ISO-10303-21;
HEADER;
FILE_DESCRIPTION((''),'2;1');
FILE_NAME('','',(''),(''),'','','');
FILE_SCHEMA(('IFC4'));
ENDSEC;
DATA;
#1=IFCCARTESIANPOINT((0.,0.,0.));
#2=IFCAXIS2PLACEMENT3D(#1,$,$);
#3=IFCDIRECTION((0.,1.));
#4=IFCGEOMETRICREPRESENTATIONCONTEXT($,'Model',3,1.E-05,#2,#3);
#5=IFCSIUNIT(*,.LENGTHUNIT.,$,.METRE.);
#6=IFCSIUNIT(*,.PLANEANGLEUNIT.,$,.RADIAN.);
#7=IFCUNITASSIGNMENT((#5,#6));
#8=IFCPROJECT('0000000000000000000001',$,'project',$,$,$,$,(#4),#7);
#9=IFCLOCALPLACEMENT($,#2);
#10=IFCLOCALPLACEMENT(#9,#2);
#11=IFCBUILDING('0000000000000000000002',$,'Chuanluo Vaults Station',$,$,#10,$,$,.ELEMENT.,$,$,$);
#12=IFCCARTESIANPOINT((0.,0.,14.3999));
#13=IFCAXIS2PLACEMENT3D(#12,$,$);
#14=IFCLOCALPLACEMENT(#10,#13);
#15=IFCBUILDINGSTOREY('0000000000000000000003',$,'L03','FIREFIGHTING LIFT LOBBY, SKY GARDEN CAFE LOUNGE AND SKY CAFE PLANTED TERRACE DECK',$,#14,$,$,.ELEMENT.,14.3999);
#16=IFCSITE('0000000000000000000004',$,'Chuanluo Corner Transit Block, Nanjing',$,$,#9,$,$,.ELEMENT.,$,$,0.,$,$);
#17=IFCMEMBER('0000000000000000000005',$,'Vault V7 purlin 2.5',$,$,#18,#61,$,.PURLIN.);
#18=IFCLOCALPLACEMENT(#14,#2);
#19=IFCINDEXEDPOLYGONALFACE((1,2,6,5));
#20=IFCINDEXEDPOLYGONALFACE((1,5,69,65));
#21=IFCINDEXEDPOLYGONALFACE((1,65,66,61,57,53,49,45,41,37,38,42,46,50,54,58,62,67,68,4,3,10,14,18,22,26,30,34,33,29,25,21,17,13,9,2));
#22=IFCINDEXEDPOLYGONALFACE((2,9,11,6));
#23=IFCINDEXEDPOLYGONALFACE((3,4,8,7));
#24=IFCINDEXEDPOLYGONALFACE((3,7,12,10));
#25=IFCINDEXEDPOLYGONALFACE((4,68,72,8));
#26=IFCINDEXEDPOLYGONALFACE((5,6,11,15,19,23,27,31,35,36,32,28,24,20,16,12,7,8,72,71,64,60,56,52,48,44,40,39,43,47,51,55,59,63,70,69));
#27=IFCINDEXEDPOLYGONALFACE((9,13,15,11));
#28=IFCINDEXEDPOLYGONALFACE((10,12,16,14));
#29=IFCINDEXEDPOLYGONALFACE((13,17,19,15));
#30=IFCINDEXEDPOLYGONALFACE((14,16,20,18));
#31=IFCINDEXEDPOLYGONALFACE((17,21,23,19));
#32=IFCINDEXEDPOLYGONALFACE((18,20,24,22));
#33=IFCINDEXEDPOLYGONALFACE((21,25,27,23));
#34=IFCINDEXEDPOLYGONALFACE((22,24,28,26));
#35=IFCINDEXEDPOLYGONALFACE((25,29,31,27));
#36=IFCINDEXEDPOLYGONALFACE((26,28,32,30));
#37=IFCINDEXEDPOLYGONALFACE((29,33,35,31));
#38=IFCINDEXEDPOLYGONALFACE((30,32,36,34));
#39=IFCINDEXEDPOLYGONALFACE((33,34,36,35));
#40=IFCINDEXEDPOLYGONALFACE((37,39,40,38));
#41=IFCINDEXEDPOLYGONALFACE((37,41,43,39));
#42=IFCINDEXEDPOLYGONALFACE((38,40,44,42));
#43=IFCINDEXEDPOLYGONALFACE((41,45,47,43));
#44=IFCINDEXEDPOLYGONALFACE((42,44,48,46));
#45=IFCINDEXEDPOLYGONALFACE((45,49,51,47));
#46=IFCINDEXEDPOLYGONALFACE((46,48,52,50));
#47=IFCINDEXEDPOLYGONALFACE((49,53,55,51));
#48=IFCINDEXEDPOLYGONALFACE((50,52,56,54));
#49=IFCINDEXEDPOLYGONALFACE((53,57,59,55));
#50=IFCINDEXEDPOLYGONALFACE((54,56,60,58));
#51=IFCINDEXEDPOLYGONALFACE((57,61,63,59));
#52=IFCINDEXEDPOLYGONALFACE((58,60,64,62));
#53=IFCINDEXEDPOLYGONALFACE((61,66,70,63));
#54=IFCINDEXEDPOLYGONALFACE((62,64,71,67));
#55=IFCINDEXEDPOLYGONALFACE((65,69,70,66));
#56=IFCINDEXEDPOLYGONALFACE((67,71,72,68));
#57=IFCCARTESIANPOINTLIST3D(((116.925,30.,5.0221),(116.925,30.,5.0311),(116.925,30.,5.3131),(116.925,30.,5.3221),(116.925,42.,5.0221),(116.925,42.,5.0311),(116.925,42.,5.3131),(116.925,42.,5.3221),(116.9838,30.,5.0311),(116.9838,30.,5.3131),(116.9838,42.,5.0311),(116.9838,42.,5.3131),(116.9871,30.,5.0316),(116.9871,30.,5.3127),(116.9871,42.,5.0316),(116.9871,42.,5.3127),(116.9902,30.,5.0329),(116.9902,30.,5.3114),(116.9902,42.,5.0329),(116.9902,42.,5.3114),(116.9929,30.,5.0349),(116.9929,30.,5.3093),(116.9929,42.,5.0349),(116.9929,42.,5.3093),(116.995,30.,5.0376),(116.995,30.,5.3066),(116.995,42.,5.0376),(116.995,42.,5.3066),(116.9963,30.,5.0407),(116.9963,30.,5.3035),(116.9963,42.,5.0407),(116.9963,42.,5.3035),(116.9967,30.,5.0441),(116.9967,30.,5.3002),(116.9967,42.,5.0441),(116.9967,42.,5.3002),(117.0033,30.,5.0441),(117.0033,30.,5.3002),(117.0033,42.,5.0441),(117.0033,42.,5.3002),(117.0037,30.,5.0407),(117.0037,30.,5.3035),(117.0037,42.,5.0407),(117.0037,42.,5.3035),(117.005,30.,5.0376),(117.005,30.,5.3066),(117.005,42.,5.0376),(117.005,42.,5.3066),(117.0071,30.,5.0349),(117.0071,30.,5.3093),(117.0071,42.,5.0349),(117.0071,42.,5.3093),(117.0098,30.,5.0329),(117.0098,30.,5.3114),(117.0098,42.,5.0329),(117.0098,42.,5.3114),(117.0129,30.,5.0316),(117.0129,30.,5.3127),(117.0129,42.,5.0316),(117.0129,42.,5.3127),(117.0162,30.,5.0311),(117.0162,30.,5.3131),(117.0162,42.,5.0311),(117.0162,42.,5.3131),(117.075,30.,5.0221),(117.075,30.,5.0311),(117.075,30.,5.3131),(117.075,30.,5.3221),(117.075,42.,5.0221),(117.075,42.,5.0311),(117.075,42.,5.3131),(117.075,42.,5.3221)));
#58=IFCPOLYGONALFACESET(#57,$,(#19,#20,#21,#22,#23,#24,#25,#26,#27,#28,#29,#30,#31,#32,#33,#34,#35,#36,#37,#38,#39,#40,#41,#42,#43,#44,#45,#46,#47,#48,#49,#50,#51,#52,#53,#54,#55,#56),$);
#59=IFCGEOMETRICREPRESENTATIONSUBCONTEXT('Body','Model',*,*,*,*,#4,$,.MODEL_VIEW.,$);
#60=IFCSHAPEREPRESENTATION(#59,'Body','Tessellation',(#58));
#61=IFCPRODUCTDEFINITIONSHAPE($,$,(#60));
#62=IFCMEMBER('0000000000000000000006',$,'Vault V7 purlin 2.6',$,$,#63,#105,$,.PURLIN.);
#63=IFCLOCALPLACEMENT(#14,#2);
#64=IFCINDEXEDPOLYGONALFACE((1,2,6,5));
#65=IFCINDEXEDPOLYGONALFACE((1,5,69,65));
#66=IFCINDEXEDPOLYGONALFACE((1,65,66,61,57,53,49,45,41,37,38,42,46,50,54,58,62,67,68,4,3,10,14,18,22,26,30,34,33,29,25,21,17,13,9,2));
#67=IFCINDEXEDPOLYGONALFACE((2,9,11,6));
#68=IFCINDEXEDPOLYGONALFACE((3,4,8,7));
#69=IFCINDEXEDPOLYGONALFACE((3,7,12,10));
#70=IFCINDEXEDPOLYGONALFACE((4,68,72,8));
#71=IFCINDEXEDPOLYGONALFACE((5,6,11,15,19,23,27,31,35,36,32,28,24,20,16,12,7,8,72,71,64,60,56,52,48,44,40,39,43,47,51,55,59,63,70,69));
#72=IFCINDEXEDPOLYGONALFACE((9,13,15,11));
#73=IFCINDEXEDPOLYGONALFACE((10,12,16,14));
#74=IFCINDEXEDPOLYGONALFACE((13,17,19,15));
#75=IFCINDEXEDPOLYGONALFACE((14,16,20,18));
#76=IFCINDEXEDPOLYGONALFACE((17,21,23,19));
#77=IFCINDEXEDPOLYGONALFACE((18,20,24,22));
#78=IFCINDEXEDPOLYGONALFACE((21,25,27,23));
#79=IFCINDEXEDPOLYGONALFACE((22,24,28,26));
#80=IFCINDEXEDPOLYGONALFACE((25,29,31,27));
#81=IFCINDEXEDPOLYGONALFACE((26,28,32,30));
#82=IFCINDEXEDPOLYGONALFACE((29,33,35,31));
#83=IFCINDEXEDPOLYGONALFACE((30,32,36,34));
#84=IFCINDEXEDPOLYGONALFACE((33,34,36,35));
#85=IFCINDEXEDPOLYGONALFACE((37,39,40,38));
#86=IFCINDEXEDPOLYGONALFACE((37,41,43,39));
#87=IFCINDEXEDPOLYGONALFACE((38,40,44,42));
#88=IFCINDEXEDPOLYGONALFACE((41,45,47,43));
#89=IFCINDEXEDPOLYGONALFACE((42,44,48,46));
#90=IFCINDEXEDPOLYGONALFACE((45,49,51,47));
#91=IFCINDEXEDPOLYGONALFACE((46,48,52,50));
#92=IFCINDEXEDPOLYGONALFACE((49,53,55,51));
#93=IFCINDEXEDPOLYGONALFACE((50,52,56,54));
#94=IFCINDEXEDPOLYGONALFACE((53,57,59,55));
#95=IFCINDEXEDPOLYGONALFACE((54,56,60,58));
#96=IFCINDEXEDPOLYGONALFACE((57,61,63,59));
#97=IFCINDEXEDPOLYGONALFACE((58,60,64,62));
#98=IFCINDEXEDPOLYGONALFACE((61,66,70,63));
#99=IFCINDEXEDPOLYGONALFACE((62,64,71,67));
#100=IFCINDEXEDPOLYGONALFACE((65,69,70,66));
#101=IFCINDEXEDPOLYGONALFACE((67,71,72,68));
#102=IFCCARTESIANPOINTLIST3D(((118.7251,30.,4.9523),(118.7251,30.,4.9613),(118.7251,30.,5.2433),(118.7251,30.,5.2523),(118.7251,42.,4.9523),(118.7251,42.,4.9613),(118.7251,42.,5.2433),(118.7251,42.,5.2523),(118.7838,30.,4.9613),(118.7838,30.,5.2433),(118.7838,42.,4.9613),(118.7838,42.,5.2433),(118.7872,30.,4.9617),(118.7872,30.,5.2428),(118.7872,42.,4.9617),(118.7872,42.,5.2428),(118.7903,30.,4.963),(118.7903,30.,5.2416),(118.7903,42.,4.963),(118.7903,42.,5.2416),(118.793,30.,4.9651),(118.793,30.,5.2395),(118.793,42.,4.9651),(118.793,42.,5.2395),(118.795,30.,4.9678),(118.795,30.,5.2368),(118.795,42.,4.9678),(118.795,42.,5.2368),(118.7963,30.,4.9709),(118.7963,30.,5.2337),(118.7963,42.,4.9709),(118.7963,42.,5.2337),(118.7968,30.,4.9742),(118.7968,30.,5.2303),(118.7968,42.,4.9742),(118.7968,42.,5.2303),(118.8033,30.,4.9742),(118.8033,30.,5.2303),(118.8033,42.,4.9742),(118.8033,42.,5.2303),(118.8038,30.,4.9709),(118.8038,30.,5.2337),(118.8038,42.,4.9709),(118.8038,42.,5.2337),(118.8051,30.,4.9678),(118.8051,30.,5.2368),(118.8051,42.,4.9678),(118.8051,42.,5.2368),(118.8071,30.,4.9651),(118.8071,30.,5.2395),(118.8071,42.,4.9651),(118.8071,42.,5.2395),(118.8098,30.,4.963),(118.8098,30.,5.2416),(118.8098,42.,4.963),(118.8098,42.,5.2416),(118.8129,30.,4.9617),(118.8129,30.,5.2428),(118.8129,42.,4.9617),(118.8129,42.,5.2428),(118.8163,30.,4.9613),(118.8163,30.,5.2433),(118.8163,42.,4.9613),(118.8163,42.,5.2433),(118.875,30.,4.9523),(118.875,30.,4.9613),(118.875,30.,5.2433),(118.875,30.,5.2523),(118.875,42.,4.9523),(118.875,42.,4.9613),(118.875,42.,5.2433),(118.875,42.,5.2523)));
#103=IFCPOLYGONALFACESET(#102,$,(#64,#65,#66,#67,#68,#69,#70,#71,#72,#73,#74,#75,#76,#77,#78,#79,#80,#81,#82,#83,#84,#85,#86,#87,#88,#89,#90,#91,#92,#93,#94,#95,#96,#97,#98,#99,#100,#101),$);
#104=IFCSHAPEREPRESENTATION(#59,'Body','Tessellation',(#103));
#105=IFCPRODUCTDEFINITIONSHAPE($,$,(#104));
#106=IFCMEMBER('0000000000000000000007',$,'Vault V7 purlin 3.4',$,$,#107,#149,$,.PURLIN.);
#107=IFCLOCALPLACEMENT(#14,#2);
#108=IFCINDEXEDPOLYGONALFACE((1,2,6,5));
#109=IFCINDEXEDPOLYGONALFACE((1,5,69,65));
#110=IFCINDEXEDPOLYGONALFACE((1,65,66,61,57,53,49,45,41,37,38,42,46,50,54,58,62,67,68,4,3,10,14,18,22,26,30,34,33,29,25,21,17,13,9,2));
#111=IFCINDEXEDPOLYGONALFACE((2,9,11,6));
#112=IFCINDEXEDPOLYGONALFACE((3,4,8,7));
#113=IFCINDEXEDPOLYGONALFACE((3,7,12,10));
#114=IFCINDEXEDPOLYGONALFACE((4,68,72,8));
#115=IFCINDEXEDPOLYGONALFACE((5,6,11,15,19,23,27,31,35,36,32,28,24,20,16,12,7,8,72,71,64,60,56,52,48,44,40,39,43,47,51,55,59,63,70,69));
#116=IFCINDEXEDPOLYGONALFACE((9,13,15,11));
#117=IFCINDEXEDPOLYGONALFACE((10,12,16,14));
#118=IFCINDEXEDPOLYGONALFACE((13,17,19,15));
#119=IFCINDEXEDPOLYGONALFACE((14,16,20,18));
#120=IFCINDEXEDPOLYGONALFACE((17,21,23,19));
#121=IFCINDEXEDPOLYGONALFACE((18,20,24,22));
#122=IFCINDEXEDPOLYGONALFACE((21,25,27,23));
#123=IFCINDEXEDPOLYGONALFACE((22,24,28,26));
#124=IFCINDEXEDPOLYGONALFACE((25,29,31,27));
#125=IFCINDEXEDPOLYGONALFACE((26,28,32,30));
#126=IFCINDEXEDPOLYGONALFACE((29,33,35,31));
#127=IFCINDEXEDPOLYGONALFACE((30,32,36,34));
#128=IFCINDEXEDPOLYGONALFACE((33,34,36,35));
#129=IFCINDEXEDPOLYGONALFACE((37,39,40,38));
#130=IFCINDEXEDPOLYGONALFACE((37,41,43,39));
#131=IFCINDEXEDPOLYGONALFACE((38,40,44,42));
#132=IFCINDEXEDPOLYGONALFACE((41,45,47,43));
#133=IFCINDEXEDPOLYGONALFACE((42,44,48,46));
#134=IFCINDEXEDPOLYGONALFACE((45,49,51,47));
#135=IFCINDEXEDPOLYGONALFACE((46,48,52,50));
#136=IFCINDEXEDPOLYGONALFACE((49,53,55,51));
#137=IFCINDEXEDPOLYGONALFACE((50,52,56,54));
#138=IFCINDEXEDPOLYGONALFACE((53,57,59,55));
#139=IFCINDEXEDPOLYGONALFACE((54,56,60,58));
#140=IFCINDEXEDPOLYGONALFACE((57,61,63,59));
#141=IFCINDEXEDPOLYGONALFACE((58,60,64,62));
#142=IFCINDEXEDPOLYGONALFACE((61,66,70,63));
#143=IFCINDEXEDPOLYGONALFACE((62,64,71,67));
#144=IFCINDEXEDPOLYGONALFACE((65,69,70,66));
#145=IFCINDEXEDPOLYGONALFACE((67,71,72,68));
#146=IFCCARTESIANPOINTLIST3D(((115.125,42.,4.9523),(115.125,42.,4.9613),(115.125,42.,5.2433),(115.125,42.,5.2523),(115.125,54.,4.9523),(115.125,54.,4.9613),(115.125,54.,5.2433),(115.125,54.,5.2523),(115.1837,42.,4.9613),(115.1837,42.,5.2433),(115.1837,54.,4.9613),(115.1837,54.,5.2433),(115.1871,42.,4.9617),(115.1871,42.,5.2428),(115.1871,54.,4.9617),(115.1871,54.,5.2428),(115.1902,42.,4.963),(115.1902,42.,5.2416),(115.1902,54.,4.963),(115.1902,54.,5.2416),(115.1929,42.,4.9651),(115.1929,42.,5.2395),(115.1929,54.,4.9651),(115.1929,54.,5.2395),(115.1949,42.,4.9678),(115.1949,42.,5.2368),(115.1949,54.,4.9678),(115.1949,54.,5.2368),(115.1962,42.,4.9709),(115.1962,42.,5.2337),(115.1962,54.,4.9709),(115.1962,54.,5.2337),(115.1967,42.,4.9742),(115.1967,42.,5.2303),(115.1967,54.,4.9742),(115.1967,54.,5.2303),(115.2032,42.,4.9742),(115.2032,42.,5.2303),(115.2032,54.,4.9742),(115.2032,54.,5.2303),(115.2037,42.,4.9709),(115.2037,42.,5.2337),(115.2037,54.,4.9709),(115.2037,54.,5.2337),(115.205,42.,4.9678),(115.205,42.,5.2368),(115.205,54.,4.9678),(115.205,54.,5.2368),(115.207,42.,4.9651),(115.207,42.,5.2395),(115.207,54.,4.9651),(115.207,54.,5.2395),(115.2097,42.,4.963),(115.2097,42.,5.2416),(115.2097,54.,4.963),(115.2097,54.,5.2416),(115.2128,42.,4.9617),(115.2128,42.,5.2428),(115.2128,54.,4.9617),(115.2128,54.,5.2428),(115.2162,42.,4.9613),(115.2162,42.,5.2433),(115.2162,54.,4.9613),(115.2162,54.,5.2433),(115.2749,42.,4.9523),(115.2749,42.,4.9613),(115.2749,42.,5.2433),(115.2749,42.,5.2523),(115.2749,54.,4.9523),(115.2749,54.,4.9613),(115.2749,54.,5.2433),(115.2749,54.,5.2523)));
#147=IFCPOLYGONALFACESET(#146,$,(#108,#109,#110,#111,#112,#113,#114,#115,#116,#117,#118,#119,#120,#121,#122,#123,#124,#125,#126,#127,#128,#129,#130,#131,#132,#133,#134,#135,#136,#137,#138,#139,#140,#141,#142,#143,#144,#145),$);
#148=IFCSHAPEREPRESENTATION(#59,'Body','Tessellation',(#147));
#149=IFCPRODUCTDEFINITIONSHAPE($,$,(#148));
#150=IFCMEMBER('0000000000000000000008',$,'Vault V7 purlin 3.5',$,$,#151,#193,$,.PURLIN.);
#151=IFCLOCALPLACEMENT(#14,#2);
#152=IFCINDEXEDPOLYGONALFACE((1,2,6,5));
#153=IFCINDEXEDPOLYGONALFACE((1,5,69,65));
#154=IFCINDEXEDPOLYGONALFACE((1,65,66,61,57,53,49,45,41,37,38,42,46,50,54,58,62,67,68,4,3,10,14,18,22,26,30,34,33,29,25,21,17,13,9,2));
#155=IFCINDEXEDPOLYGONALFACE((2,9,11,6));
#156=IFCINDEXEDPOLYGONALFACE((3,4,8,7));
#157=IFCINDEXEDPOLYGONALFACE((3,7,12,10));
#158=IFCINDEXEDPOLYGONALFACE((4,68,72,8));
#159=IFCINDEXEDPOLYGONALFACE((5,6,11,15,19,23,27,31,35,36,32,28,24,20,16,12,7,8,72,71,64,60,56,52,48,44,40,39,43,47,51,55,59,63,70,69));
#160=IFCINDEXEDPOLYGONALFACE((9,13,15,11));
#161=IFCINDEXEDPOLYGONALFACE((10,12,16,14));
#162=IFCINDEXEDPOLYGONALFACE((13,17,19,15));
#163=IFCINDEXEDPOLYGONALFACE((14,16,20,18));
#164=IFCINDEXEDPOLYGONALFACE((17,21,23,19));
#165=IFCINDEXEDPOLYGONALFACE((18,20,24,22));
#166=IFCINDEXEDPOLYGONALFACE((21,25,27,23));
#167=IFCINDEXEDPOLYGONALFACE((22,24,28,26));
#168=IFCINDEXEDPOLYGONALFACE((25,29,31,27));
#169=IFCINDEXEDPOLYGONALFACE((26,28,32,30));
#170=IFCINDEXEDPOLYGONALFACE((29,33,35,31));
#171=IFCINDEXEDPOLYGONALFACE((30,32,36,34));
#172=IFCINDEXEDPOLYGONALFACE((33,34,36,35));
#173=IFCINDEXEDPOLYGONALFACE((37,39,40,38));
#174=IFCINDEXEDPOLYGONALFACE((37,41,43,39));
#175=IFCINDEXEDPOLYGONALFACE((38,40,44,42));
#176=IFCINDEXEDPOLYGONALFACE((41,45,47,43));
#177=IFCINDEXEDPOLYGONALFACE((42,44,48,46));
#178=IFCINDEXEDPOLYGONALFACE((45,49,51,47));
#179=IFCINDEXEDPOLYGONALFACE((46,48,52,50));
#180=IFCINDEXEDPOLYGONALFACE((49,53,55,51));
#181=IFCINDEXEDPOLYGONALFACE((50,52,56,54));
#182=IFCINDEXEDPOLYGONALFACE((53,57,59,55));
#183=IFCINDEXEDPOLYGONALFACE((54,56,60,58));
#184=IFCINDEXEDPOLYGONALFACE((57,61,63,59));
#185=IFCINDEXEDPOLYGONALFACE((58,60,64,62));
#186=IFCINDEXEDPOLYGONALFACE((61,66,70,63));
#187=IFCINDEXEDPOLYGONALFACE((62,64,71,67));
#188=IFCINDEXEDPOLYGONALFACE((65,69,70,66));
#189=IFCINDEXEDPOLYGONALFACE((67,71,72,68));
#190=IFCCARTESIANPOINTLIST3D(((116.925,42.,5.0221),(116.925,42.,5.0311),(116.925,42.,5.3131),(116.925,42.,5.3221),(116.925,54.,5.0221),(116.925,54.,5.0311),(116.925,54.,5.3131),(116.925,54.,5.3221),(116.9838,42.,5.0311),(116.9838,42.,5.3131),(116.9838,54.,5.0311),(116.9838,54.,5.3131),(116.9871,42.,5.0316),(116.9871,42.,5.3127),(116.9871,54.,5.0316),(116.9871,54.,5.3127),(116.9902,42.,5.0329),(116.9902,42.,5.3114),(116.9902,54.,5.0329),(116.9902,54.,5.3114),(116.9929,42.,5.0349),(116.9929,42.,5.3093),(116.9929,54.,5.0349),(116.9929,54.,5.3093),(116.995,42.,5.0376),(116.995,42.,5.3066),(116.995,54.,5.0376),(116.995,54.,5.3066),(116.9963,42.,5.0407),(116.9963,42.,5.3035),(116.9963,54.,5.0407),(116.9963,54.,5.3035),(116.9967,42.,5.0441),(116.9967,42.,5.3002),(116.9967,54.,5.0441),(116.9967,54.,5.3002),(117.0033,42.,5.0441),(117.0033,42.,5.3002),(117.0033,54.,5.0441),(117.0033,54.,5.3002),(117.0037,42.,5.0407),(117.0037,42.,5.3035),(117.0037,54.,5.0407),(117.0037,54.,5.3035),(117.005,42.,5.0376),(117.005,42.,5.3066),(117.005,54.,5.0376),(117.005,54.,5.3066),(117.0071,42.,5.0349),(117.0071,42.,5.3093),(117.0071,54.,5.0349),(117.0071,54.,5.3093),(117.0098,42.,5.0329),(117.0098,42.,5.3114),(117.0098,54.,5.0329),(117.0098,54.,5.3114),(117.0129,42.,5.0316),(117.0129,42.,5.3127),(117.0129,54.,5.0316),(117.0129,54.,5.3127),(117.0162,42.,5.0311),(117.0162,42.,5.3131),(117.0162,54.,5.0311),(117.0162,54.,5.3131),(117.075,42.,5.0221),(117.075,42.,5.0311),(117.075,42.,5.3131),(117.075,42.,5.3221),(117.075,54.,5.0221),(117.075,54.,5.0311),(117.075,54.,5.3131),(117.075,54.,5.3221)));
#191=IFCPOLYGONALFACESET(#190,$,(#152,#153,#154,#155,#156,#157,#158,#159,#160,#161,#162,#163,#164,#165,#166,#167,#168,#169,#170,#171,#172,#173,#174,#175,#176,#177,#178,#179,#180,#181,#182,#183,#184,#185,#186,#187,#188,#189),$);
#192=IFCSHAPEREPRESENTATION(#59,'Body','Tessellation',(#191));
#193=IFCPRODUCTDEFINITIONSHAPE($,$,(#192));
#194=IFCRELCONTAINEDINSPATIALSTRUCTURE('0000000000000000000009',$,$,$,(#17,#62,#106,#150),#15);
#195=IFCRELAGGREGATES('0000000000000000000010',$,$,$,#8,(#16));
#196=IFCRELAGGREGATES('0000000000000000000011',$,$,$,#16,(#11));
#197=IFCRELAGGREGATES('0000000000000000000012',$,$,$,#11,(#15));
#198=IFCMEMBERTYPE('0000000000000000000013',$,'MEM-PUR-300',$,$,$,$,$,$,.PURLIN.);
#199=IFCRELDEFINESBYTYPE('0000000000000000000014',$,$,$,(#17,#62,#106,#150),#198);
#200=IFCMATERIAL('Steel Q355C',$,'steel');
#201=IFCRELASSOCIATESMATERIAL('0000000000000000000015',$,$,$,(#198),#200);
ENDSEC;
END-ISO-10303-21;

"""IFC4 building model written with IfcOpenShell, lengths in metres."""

from ifc_helpers import new_model, si_unit, direction, frame, origin, origin_2d, place, context, subcontext, project, spatial, i_section, extrude, material, material_profile, profile_set, type_object, element, save


model = new_model("IFC4")

# Units and contexts
model_context = context("Model", 3, precision=1e-05, world=origin(), true_north=direction((0.0, 1.0)))
body_context = subcontext(model_context, "Body", "Model", "MODEL_VIEW")
ifc_project = project(units=[si_unit("LENGTHUNIT", "METRE"), si_unit("PLANEANGLEUNIT", "RADIAN")], contexts=[model_context])

# Site, building, storey
site_placement = place(None, origin())
site = spatial("IfcSite", under=ifc_project, at=site_placement, Name="Chuanluo Corner Transit Block, Nanjing", CompositionType="ELEMENT", RefElevation=0.0)
building_placement = place(site_placement, origin())
building = spatial("IfcBuilding", under=site, at=building_placement, Name="Chuanluo Vaults Station", CompositionType="ELEMENT")
storey_placement = place(building_placement, frame((0.0, 0.0, 14.3999)))
storey = spatial("IfcBuildingStorey", under=building, at=storey_placement, Name="L03", Description="FIREFIGHTING LIFT LOBBY, SKY GARDEN CAFE LOUNGE AND SKY CAFE PLANTED TERRACE DECK", CompositionType="ELEMENT", Elevation=14.3999)

# Members
ifc_material_1 = material(Name="Steel Q355C", Category="steel")
ifc_material_profile_1 = material_profile(ifc_material_1, i_section(OverallWidth=0.1499, OverallDepth=0.3, WebThickness=0.0066, FlangeThickness=0.009, FilletRadius=0.0129, at=origin_2d()))
ifc_profile_set_1 = profile_set([ifc_material_profile_1], Name="Steel Q355C")
member_type_1 = type_object("IfcMemberType", Name="MEM-PUR-300", PredefinedType="PURLIN", material=ifc_profile_set_1)
for number, where, z_axis, x_axis, name in (
    (1, (117.0, 30.0, 5.1721), (0.0, 1.0, 0.0), (-1.0, 0.0, 0.0), "Vault V7 purlin 2.5"),
    (2, (118.8, 30.0, 5.1023), (0.0, 1.0, 0.0), (-1.0, 0.0, 0.0), "Vault V7 purlin 2.6"),
    (3, (115.2, 42.0, 5.1023), (0.0, 1.0, 0.0), (-1.0, 0.0, 0.0), "Vault V7 purlin 3.4"),
    (4, (117.0, 42.0, 5.1721), (0.0, 1.0, 0.0), (-1.0, 0.0, 0.0), "Vault V7 purlin 3.5"),
):
    element("IfcMember", number, at=place(storey_placement, frame(where, z_axis=z_axis, x_axis=x_axis)), inside=storey, type_object=member_type_1, Name=name, PredefinedType="PURLIN", context=body_context, shape_type="SweptSolid", body=[
        extrude(i_section(OverallWidth=0.1499, OverallDepth=0.3, WebThickness=0.0066, FlangeThickness=0.009, FilletRadius=0.0129, at=origin_2d()), origin(), (0.0, 0.0, 1.0), 12.0),
    ])

save(model, "model.ifc")
